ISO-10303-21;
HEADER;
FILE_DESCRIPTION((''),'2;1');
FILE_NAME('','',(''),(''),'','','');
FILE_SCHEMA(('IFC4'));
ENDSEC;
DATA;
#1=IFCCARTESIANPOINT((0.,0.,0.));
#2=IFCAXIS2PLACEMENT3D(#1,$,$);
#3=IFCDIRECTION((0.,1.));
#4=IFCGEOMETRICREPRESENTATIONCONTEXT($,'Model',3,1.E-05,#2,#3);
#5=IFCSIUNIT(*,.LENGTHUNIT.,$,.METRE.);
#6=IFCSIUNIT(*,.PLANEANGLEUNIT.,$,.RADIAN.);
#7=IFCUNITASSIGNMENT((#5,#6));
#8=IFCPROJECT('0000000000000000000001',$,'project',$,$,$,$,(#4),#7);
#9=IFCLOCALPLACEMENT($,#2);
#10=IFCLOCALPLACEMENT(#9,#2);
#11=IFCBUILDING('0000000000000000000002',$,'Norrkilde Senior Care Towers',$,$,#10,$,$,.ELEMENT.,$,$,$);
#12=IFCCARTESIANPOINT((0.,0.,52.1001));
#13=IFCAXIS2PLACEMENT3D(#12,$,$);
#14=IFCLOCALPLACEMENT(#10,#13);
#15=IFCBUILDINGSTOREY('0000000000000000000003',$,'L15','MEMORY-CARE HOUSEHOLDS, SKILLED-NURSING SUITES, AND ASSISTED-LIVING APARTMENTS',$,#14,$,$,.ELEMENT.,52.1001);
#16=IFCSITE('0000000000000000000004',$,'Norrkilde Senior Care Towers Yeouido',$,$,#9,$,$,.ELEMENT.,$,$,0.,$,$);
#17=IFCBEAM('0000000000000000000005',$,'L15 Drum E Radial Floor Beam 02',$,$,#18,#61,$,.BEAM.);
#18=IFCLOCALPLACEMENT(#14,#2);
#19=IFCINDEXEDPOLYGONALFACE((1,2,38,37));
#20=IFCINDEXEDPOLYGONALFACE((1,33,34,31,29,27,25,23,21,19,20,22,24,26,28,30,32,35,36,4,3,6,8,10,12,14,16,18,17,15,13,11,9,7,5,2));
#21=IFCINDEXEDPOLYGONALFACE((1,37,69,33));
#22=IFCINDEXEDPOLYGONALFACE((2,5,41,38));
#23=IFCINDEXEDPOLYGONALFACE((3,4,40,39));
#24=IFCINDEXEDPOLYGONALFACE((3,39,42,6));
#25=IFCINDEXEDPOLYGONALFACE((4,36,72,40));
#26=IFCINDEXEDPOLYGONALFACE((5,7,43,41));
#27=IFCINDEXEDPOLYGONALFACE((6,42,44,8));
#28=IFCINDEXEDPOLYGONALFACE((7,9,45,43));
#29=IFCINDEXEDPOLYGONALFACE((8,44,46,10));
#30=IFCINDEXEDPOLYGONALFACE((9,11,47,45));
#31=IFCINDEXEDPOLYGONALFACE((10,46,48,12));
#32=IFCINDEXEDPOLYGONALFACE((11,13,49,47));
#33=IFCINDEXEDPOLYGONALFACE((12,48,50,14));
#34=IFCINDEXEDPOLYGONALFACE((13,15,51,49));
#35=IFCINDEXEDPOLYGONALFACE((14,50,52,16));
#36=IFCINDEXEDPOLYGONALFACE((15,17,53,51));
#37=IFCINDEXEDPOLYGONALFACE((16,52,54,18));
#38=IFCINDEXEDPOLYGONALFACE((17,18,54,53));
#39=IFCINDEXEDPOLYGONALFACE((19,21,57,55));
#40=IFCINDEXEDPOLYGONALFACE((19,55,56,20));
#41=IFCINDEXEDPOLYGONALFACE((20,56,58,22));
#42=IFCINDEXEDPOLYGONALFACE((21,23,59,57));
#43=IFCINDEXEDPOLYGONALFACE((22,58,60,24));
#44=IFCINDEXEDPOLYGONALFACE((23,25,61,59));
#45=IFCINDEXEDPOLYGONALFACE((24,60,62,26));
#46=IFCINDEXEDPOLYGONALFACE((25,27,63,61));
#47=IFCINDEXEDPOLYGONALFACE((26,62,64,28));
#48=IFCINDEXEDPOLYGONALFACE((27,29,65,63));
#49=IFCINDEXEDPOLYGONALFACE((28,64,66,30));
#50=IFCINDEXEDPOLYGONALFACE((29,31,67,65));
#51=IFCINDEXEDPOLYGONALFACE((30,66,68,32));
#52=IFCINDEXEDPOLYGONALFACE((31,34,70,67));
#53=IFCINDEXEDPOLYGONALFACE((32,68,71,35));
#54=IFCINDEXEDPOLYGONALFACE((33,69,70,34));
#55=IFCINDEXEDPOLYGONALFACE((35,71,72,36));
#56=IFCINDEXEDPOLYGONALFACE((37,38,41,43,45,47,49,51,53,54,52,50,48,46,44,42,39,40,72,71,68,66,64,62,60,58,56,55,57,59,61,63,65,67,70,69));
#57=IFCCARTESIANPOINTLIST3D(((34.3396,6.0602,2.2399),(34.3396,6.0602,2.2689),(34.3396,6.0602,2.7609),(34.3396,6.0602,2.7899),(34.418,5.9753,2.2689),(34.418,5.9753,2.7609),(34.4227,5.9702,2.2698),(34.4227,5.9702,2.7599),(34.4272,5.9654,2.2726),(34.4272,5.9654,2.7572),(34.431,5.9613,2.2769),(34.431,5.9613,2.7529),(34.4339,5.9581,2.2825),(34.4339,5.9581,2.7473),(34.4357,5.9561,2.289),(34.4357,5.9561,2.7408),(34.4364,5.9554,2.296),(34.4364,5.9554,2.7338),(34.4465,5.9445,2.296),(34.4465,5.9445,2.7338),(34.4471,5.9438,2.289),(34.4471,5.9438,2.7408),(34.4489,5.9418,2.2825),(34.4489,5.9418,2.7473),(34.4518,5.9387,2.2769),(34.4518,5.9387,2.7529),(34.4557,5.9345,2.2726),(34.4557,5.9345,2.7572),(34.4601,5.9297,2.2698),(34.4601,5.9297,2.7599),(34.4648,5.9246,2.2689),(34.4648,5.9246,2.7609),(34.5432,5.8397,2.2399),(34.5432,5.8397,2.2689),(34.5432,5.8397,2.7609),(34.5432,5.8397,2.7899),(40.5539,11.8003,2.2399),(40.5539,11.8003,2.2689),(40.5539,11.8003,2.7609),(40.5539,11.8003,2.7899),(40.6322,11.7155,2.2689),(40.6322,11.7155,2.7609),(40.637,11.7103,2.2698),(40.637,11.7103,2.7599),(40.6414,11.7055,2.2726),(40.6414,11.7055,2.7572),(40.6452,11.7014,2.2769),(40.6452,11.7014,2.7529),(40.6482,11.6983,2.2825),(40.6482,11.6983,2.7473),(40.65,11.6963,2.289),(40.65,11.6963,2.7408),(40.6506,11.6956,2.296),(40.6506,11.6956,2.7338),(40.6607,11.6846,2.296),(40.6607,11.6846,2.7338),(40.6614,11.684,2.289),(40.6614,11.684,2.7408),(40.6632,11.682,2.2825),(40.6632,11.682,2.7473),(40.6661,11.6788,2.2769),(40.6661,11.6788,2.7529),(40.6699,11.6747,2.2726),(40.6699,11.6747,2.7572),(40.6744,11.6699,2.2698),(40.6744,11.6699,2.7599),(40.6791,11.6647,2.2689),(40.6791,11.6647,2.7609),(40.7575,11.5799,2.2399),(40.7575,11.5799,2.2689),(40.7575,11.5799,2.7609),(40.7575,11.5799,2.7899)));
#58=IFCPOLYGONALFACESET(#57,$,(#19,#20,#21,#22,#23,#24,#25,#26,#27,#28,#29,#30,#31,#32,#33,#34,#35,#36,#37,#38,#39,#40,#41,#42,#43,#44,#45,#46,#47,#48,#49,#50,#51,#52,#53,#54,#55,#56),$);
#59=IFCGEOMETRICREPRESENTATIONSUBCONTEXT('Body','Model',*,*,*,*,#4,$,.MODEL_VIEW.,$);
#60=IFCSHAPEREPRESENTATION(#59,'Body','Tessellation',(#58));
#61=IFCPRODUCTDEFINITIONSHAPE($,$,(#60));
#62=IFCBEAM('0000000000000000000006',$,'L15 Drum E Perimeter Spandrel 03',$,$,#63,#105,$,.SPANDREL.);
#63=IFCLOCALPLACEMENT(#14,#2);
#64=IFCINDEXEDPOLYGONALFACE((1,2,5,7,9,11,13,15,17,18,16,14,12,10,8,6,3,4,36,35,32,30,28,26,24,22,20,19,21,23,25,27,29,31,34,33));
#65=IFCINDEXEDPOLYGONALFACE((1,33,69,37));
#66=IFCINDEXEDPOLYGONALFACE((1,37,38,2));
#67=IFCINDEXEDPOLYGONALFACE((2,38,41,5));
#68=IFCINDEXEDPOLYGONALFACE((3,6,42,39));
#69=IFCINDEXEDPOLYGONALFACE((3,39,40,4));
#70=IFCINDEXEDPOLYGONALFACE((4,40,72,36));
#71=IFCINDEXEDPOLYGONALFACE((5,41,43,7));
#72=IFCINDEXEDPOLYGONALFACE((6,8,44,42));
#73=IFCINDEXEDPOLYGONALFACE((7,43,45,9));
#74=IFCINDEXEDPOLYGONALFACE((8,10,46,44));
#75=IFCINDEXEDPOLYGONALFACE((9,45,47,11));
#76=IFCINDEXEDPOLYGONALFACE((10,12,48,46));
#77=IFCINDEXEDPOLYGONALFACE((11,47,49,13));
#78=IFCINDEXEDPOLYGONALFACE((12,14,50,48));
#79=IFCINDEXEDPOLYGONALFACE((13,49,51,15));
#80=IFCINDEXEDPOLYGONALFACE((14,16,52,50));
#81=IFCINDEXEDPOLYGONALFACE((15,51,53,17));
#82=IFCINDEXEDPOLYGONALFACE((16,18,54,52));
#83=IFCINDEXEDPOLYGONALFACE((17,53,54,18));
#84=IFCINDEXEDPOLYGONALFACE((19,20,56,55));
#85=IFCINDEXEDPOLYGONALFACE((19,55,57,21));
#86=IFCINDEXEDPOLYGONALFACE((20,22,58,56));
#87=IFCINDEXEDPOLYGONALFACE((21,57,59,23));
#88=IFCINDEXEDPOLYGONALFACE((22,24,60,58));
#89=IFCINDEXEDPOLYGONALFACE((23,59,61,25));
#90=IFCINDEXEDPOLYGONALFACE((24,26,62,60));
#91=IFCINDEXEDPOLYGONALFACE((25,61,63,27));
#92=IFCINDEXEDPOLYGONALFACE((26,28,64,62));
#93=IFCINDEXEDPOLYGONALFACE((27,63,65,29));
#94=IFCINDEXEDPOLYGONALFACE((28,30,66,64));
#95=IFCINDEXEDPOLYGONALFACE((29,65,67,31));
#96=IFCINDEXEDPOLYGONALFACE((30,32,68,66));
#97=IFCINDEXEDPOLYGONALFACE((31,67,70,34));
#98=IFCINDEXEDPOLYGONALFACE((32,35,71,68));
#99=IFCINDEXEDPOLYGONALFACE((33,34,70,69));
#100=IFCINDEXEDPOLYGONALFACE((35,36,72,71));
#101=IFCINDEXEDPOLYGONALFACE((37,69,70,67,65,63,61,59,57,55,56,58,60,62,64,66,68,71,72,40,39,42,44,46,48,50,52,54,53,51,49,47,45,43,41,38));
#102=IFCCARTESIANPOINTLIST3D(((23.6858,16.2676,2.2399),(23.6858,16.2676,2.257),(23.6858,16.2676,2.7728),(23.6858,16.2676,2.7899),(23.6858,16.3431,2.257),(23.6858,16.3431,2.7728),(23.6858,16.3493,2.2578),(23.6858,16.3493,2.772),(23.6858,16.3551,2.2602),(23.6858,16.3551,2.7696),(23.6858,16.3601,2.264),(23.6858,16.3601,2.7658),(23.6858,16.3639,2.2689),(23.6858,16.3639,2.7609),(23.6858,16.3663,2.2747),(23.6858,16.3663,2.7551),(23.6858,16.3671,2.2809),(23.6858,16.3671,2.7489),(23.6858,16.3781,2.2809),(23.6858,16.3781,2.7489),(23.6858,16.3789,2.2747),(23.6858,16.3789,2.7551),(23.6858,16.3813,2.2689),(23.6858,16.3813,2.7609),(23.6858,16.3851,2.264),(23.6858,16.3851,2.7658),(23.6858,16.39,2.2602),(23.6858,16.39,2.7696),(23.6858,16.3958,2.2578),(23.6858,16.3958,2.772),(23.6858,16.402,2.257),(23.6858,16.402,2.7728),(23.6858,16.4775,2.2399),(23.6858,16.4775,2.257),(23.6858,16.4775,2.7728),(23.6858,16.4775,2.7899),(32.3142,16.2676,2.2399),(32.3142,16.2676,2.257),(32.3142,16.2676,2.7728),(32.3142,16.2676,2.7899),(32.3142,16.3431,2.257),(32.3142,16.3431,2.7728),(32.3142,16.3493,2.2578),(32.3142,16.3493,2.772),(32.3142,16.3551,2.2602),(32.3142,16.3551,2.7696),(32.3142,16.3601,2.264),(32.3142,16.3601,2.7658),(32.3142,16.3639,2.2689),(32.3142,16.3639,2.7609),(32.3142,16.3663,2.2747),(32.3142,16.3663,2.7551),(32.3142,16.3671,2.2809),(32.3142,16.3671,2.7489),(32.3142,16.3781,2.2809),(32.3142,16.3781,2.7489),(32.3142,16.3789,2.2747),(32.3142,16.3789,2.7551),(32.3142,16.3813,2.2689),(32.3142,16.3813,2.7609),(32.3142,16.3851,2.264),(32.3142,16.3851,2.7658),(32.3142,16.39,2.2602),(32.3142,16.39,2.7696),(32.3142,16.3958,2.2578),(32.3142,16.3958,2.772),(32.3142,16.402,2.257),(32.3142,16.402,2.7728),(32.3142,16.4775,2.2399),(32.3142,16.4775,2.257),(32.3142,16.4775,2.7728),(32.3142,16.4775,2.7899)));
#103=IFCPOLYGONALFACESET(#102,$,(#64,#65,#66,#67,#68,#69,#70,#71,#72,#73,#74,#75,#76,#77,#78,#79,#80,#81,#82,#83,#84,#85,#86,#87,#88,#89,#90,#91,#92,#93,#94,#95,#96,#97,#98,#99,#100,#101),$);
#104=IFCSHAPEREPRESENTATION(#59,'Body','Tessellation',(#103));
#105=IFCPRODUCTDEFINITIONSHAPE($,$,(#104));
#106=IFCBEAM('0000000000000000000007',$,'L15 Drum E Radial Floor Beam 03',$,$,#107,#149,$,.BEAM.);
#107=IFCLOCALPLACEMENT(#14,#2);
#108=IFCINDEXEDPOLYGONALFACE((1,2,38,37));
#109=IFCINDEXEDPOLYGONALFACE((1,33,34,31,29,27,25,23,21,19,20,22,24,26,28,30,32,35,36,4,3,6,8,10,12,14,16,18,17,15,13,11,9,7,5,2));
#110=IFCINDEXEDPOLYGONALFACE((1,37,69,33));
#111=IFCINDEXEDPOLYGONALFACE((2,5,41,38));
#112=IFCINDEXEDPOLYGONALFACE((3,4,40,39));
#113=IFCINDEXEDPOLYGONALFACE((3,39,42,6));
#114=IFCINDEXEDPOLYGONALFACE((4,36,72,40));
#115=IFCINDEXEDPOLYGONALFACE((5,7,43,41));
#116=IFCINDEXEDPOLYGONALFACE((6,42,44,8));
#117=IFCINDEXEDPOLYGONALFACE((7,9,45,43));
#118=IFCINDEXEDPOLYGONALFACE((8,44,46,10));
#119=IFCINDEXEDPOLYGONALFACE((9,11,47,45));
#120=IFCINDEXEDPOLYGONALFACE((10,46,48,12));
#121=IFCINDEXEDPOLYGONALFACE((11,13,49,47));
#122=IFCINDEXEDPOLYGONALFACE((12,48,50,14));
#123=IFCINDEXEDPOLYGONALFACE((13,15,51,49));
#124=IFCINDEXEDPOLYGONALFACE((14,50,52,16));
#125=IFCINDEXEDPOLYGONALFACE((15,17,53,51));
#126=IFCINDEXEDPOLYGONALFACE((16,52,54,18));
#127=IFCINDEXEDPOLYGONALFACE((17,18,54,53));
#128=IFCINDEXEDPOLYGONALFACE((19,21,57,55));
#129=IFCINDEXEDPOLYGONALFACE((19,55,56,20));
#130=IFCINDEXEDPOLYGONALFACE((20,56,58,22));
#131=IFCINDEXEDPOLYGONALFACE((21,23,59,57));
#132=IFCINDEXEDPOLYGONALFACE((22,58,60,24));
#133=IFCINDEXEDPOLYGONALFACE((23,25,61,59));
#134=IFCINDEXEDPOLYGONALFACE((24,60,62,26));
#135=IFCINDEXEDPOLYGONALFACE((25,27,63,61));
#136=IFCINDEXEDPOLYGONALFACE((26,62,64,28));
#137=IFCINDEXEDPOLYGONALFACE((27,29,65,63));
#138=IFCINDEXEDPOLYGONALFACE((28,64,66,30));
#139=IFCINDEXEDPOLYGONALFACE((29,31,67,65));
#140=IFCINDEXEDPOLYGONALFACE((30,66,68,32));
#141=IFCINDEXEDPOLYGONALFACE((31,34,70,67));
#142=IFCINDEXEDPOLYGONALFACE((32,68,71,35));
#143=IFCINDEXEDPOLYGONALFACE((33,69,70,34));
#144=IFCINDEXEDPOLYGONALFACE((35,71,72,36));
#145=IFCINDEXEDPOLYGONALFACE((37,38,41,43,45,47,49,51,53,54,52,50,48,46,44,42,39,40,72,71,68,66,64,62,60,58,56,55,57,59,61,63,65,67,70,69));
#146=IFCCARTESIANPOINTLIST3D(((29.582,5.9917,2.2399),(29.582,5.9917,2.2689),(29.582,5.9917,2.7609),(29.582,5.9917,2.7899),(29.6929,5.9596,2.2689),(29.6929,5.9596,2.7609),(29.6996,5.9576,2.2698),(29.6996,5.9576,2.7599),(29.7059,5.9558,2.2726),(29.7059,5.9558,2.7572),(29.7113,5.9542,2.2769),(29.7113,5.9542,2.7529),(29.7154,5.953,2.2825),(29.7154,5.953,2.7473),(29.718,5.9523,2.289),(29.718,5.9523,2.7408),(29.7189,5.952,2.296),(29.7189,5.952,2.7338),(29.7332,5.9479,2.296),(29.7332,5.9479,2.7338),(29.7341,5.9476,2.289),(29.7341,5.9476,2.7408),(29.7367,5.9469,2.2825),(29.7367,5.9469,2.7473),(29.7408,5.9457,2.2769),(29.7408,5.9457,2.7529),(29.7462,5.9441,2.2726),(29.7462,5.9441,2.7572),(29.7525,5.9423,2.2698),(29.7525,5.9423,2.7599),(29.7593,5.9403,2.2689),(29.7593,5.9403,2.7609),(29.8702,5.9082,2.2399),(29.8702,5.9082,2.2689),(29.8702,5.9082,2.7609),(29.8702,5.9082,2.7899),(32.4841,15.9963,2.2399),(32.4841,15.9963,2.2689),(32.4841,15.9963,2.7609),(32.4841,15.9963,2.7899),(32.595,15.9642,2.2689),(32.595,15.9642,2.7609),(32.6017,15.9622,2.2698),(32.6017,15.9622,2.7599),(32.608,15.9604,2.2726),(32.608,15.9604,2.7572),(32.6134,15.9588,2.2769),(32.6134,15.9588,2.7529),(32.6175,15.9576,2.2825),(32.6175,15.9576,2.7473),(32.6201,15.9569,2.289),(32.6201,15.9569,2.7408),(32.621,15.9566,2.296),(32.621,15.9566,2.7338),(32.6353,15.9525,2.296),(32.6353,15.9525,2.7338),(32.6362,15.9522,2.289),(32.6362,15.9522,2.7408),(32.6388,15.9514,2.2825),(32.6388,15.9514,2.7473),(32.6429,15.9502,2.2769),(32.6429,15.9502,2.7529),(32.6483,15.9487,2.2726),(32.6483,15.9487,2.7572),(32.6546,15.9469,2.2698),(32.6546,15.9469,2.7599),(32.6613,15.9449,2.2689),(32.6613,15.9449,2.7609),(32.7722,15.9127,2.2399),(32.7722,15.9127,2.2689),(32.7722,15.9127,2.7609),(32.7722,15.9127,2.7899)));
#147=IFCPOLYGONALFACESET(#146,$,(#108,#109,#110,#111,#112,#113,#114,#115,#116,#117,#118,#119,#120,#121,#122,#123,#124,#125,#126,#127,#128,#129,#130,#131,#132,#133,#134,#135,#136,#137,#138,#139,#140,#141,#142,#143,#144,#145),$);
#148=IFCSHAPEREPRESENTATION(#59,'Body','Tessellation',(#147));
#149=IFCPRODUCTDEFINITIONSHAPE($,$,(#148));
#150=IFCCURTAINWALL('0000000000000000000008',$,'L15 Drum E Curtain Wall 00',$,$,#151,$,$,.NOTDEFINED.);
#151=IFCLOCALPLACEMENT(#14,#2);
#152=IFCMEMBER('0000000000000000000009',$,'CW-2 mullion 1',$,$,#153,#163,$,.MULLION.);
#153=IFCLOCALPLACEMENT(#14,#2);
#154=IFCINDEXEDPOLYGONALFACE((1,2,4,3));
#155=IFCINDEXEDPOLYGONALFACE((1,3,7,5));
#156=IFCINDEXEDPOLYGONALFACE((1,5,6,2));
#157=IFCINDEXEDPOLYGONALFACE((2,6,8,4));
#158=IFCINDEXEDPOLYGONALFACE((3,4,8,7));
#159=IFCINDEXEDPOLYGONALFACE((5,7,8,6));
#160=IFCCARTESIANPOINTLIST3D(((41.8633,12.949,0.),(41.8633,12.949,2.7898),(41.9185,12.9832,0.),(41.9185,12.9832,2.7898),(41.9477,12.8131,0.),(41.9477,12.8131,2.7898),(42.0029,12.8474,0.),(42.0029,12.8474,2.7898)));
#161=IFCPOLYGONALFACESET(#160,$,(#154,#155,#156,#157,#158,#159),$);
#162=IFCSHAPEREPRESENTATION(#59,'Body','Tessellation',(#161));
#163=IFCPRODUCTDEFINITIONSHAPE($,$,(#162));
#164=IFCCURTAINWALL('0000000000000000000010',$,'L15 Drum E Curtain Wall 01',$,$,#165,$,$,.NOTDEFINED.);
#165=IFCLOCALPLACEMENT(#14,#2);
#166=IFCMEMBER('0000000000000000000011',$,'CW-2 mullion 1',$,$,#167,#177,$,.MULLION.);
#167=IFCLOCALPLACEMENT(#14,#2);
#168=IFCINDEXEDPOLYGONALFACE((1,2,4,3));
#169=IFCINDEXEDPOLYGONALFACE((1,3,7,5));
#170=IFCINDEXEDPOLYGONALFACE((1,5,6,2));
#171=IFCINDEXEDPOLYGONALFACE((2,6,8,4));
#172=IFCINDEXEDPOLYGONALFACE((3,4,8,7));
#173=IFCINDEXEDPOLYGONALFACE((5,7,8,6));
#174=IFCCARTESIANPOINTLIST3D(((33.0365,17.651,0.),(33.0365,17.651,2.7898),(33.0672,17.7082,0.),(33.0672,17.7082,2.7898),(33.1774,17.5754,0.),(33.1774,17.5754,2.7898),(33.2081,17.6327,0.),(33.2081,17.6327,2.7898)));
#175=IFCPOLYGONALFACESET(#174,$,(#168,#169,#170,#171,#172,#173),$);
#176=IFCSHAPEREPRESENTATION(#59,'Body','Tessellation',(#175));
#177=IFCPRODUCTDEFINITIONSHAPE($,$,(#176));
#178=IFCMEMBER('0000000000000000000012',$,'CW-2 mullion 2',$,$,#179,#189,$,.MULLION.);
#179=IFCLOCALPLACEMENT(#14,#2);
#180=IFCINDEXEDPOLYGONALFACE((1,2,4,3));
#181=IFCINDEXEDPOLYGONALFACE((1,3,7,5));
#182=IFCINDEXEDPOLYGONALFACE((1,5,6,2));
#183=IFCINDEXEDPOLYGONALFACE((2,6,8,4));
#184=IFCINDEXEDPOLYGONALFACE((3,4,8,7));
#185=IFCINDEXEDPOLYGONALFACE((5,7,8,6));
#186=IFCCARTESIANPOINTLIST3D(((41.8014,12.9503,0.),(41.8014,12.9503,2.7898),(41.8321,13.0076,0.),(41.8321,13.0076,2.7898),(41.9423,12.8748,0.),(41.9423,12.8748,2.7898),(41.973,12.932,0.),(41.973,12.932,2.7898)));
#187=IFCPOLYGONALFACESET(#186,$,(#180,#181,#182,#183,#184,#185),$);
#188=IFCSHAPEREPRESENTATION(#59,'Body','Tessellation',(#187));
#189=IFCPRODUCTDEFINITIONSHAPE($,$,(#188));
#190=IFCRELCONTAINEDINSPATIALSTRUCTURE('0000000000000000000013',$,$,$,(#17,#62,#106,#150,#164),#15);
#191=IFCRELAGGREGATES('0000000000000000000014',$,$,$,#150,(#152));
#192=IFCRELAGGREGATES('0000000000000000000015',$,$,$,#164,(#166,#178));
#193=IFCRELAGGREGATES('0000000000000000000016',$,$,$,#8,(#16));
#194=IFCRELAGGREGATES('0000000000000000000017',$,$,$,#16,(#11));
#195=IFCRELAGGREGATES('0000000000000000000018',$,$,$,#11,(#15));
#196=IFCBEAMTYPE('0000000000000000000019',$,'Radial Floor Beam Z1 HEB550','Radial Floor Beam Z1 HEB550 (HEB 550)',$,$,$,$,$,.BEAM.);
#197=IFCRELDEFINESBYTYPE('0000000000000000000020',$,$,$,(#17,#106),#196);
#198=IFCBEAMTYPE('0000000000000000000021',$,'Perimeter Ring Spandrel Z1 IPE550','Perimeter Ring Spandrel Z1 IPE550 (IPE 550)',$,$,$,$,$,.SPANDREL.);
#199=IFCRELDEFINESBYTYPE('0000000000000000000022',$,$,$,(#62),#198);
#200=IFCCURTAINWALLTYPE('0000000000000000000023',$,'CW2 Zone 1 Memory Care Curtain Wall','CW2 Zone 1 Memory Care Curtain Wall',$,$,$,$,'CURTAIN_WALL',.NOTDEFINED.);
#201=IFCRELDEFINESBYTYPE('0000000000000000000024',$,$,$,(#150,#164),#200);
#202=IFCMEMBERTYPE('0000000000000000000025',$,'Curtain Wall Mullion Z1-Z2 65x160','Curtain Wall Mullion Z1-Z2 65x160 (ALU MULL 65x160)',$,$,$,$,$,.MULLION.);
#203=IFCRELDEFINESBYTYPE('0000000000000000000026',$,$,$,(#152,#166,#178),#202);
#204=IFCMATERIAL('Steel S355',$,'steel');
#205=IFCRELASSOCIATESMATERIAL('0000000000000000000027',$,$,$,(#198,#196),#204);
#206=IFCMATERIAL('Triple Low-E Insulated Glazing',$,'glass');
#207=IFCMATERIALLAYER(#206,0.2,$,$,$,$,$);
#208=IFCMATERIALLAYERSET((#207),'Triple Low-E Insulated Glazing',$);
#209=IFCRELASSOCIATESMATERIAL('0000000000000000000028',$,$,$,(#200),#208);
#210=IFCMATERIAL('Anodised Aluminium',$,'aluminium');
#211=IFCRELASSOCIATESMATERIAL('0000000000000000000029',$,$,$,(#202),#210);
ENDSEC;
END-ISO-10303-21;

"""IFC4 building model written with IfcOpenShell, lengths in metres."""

from ifc_helpers import new_model, si_unit, direction, frame, origin, origin_2d, place, context, subcontext, project, spatial, rectangle, i_section, extrude, source, transform, mapped, material, layer, layer_set, material_profile, profile_set, type_object, type_shapes, element, aggregate, save


model = new_model("IFC4")

# Units and contexts
model_context = context("Model", 3, precision=1e-05, world=origin(), true_north=direction((0.0, 1.0)))
body_context = subcontext(model_context, "Body", "Model", "MODEL_VIEW")
ifc_project = project(units=[si_unit("LENGTHUNIT", "METRE"), si_unit("PLANEANGLEUNIT", "RADIAN")], contexts=[model_context])

# Site, building, storey
site_placement = place(None, origin())
site = spatial("IfcSite", under=ifc_project, at=site_placement, Name="Norrkilde Senior Care Towers Yeouido", CompositionType="ELEMENT", RefElevation=0.0)
building_placement = place(site_placement, origin())
building = spatial("IfcBuilding", under=site, at=building_placement, Name="Norrkilde Senior Care Towers", CompositionType="ELEMENT")
storey_placement = place(building_placement, frame((0.0, 0.0, 52.1001)))
storey = spatial("IfcBuildingStorey", under=building, at=storey_placement, Name="L15", Description="MEMORY-CARE HOUSEHOLDS, SKILLED-NURSING SUITES, AND ASSISTED-LIVING APARTMENTS", CompositionType="ELEMENT", Elevation=52.1001)

# Beams
ifc_material_1 = material(Name="Steel S355", Category="steel")
ifc_material_profile_1 = material_profile(ifc_material_1, i_section(OverallWidth=0.21, OverallDepth=0.55, WebThickness=0.011, FlangeThickness=0.0171, FilletRadius=0.0239, at=origin_2d()), Name="IPE 550")
ifc_profile_set_1 = profile_set([ifc_material_profile_1], Name="Steel S355")
beam_type_1 = type_object("IfcBeamType", Name="Perimeter Ring Spandrel Z1 IPE550", Description="Perimeter Ring Spandrel Z1 IPE550 (IPE 550)", PredefinedType="SPANDREL", material=ifc_profile_set_1)
ifc_material_profile_2 = material_profile(ifc_material_1, i_section(OverallWidth=0.3, OverallDepth=0.55, WebThickness=0.0149, FlangeThickness=0.0291, FilletRadius=0.0271, at=origin_2d()), Name="HEB 550")
ifc_profile_set_2 = profile_set([ifc_material_profile_2], Name="Steel S355")
beam_type_2 = type_object("IfcBeamType", Name="Radial Floor Beam Z1 HEB550", Description="Radial Floor Beam Z1 HEB550 (HEB 550)", PredefinedType="BEAM", material=ifc_profile_set_2)
shared_shape_1 = source(origin(), body_context, "Body", "SweptSolid", [
    extrude(i_section(OverallWidth=0.3, OverallDepth=0.55, WebThickness=0.0149, FlangeThickness=0.0291, FilletRadius=0.0271, at=origin_2d()), origin(), (0.0, 0.0, 1.0), 8.4597),
])
beam_1_placement = place(storey_placement, frame((34.4414, 5.95, 2.5149), z_axis=(0.734573, 0.678529, 0.0), x_axis=(-0.678529, 0.734573, 0.0)))
element("IfcBeam", 1, at=beam_1_placement, inside=storey, type_object=beam_type_2, Name="L15 Drum E Radial Floor Beam 02", PredefinedType="BEAM", context=body_context, shape_type="MappedRepresentation", body=[
    mapped(shared_shape_1, transform((0.0, 0.0, 0.0), x_axis=(1.0, 0.0, 0.0), y_axis=(0.0, 1.0, 0.0), z_axis=(0.0, 0.0, 1.0), scale=1.0)),
])
shared_shape_2 = source(origin(), body_context, "Body", "SweptSolid", [
    extrude(i_section(OverallWidth=0.21, OverallDepth=0.55, WebThickness=0.011, FlangeThickness=0.0171, FilletRadius=0.0239, at=origin_2d()), origin(), (0.0, 0.0, 1.0), 8.6284),
])
beam_2_placement = place(storey_placement, frame((32.3142, 16.3726, 2.5149), z_axis=(-1.0, 0.0, 0.0), x_axis=(0.0, -1.0, 0.0)))
element("IfcBeam", 2, at=beam_2_placement, inside=storey, type_object=beam_type_1, Name="L15 Drum E Perimeter Spandrel 03", PredefinedType="SPANDREL", context=body_context, shape_type="MappedRepresentation", body=[
    mapped(shared_shape_2, transform((0.0, 0.0, 0.0), x_axis=(1.0, 0.0, 0.0), y_axis=(0.0, 1.0, 0.0), z_axis=(0.0, 0.0, 1.0), scale=1.0)),
])
shared_shape_3 = source(origin(), body_context, "Body", "SweptSolid", [
    extrude(i_section(OverallWidth=0.3, OverallDepth=0.55, WebThickness=0.0149, FlangeThickness=0.0291, FilletRadius=0.0271, at=origin_2d()), origin(), (0.0, 0.0, 1.0), 10.417),
])
type_shapes(beam_type_2, [shared_shape_1, shared_shape_3])
beam_3_placement = place(storey_placement, frame((29.7261, 5.95, 2.5149), z_axis=(0.278591, 0.96041, 0.0), x_axis=(-0.96041, 0.278591, 0.0)))
element("IfcBeam", 3, at=beam_3_placement, inside=storey, type_object=beam_type_2, Name="L15 Drum E Radial Floor Beam 03", PredefinedType="BEAM", context=body_context, shape_type="MappedRepresentation", body=[
    mapped(shared_shape_3, transform((0.0, 0.0, 0.0), x_axis=(1.0, 0.0, 0.0), y_axis=(0.0, 1.0, 0.0), z_axis=(0.0, 0.0, 1.0), scale=1.0)),
])

# Curtain wall, member
ifc_material_2 = material(Name="Triple Low-E Insulated Glazing", Category="glass")
ifc_layer_1 = layer(ifc_material_2, 0.2)
ifc_layer_set_1 = layer_set([ifc_layer_1], Name="Triple Low-E Insulated Glazing")
curtain_wall_type = type_object("IfcCurtainWallType", Name="CW2 Zone 1 Memory Care Curtain Wall", Description="CW2 Zone 1 Memory Care Curtain Wall", ElementType="CURTAIN_WALL", PredefinedType="NOTDEFINED", material=ifc_layer_set_1)
curtain_wall_1_placement = place(storey_placement, origin())
curtain_wall_1 = element("IfcCurtainWall", 4, at=curtain_wall_1_placement, inside=storey, type_object=curtain_wall_type, Name="L15 Drum E Curtain Wall 00", PredefinedType="NOTDEFINED")
ifc_material_3 = material(Name="Anodised Aluminium", Category="aluminium")
ifc_material_profile_3 = material_profile(ifc_material_3, rectangle(XDim=0.0649, YDim=0.1599, at=origin_2d()), Name="ALU MULL 65x160")
ifc_profile_set_3 = profile_set([ifc_material_profile_3], Name="Anodised Aluminium")
member_type_1 = type_object("IfcMemberType", Name="Curtain Wall Mullion Z1-Z2 65x160", Description="Curtain Wall Mullion Z1-Z2 65x160 (ALU MULL 65x160)", PredefinedType="MULLION", material=ifc_profile_set_3)
shared_shape_4 = source(origin(), body_context, "Body", "SweptSolid", [
    extrude(rectangle(XDim=0.0649, YDim=0.1599, at=origin_2d()), origin(), (0.0, 0.0, 1.0), 2.7898),
])
type_shapes(member_type_1, [shared_shape_4])
member_1_placement = place(storey_placement, frame((41.9331, 12.8982, 0.0), z_axis=(0.0, 0.0, 1.0), x_axis=(0.849306, 0.527901, 0.0)))
member_1 = element("IfcMember", 5, at=member_1_placement, type_object=member_type_1, Name="CW-2 mullion 1", PredefinedType="MULLION", context=body_context, shape_type="MappedRepresentation", body=[
    mapped(shared_shape_4, transform((0.0, 0.0, 0.0), x_axis=(1.0, 0.0, 0.0), y_axis=(0.0, 1.0, 0.0), z_axis=(0.0, 0.0, 1.0), scale=1.0)),
])

# Curtain wall, members
curtain_wall_2_placement = place(storey_placement, origin())
curtain_wall_2 = element("IfcCurtainWall", 6, at=curtain_wall_2_placement, inside=storey, type_object=curtain_wall_type, Name="L15 Drum E Curtain Wall 01", PredefinedType="NOTDEFINED")
member_2_placement = place(storey_placement, frame((33.1223, 17.6418, 0.0), z_axis=(0.0, 0.0, 1.0), x_axis=(0.472608, 0.881273, 0.0)))
member_2 = element("IfcMember", 7, at=member_2_placement, type_object=member_type_1, Name="CW-2 mullion 1", PredefinedType="MULLION", context=body_context, shape_type="MappedRepresentation", body=[
    mapped(shared_shape_4, transform((0.0, 0.0, 0.0), x_axis=(1.0, 0.0, 0.0), y_axis=(0.0, 1.0, 0.0), z_axis=(0.0, 0.0, 1.0), scale=1.0)),
])
member_3_placement = place(storey_placement, frame((41.8872, 12.9412, 0.0), z_axis=(0.0, 0.0, 1.0), x_axis=(0.472608, 0.881273, 0.0)))
member_3 = element("IfcMember", 8, at=member_3_placement, type_object=member_type_1, Name="CW-2 mullion 2", PredefinedType="MULLION", context=body_context, shape_type="MappedRepresentation", body=[
    mapped(shared_shape_4, transform((0.0, 0.0, 0.0), x_axis=(1.0, 0.0, 0.0), y_axis=(0.0, 1.0, 0.0), z_axis=(0.0, 0.0, 1.0), scale=1.0)),
])

aggregate(curtain_wall_1, [member_1])
aggregate(curtain_wall_2, [member_2, member_3])

save(model, "model.ifc")
